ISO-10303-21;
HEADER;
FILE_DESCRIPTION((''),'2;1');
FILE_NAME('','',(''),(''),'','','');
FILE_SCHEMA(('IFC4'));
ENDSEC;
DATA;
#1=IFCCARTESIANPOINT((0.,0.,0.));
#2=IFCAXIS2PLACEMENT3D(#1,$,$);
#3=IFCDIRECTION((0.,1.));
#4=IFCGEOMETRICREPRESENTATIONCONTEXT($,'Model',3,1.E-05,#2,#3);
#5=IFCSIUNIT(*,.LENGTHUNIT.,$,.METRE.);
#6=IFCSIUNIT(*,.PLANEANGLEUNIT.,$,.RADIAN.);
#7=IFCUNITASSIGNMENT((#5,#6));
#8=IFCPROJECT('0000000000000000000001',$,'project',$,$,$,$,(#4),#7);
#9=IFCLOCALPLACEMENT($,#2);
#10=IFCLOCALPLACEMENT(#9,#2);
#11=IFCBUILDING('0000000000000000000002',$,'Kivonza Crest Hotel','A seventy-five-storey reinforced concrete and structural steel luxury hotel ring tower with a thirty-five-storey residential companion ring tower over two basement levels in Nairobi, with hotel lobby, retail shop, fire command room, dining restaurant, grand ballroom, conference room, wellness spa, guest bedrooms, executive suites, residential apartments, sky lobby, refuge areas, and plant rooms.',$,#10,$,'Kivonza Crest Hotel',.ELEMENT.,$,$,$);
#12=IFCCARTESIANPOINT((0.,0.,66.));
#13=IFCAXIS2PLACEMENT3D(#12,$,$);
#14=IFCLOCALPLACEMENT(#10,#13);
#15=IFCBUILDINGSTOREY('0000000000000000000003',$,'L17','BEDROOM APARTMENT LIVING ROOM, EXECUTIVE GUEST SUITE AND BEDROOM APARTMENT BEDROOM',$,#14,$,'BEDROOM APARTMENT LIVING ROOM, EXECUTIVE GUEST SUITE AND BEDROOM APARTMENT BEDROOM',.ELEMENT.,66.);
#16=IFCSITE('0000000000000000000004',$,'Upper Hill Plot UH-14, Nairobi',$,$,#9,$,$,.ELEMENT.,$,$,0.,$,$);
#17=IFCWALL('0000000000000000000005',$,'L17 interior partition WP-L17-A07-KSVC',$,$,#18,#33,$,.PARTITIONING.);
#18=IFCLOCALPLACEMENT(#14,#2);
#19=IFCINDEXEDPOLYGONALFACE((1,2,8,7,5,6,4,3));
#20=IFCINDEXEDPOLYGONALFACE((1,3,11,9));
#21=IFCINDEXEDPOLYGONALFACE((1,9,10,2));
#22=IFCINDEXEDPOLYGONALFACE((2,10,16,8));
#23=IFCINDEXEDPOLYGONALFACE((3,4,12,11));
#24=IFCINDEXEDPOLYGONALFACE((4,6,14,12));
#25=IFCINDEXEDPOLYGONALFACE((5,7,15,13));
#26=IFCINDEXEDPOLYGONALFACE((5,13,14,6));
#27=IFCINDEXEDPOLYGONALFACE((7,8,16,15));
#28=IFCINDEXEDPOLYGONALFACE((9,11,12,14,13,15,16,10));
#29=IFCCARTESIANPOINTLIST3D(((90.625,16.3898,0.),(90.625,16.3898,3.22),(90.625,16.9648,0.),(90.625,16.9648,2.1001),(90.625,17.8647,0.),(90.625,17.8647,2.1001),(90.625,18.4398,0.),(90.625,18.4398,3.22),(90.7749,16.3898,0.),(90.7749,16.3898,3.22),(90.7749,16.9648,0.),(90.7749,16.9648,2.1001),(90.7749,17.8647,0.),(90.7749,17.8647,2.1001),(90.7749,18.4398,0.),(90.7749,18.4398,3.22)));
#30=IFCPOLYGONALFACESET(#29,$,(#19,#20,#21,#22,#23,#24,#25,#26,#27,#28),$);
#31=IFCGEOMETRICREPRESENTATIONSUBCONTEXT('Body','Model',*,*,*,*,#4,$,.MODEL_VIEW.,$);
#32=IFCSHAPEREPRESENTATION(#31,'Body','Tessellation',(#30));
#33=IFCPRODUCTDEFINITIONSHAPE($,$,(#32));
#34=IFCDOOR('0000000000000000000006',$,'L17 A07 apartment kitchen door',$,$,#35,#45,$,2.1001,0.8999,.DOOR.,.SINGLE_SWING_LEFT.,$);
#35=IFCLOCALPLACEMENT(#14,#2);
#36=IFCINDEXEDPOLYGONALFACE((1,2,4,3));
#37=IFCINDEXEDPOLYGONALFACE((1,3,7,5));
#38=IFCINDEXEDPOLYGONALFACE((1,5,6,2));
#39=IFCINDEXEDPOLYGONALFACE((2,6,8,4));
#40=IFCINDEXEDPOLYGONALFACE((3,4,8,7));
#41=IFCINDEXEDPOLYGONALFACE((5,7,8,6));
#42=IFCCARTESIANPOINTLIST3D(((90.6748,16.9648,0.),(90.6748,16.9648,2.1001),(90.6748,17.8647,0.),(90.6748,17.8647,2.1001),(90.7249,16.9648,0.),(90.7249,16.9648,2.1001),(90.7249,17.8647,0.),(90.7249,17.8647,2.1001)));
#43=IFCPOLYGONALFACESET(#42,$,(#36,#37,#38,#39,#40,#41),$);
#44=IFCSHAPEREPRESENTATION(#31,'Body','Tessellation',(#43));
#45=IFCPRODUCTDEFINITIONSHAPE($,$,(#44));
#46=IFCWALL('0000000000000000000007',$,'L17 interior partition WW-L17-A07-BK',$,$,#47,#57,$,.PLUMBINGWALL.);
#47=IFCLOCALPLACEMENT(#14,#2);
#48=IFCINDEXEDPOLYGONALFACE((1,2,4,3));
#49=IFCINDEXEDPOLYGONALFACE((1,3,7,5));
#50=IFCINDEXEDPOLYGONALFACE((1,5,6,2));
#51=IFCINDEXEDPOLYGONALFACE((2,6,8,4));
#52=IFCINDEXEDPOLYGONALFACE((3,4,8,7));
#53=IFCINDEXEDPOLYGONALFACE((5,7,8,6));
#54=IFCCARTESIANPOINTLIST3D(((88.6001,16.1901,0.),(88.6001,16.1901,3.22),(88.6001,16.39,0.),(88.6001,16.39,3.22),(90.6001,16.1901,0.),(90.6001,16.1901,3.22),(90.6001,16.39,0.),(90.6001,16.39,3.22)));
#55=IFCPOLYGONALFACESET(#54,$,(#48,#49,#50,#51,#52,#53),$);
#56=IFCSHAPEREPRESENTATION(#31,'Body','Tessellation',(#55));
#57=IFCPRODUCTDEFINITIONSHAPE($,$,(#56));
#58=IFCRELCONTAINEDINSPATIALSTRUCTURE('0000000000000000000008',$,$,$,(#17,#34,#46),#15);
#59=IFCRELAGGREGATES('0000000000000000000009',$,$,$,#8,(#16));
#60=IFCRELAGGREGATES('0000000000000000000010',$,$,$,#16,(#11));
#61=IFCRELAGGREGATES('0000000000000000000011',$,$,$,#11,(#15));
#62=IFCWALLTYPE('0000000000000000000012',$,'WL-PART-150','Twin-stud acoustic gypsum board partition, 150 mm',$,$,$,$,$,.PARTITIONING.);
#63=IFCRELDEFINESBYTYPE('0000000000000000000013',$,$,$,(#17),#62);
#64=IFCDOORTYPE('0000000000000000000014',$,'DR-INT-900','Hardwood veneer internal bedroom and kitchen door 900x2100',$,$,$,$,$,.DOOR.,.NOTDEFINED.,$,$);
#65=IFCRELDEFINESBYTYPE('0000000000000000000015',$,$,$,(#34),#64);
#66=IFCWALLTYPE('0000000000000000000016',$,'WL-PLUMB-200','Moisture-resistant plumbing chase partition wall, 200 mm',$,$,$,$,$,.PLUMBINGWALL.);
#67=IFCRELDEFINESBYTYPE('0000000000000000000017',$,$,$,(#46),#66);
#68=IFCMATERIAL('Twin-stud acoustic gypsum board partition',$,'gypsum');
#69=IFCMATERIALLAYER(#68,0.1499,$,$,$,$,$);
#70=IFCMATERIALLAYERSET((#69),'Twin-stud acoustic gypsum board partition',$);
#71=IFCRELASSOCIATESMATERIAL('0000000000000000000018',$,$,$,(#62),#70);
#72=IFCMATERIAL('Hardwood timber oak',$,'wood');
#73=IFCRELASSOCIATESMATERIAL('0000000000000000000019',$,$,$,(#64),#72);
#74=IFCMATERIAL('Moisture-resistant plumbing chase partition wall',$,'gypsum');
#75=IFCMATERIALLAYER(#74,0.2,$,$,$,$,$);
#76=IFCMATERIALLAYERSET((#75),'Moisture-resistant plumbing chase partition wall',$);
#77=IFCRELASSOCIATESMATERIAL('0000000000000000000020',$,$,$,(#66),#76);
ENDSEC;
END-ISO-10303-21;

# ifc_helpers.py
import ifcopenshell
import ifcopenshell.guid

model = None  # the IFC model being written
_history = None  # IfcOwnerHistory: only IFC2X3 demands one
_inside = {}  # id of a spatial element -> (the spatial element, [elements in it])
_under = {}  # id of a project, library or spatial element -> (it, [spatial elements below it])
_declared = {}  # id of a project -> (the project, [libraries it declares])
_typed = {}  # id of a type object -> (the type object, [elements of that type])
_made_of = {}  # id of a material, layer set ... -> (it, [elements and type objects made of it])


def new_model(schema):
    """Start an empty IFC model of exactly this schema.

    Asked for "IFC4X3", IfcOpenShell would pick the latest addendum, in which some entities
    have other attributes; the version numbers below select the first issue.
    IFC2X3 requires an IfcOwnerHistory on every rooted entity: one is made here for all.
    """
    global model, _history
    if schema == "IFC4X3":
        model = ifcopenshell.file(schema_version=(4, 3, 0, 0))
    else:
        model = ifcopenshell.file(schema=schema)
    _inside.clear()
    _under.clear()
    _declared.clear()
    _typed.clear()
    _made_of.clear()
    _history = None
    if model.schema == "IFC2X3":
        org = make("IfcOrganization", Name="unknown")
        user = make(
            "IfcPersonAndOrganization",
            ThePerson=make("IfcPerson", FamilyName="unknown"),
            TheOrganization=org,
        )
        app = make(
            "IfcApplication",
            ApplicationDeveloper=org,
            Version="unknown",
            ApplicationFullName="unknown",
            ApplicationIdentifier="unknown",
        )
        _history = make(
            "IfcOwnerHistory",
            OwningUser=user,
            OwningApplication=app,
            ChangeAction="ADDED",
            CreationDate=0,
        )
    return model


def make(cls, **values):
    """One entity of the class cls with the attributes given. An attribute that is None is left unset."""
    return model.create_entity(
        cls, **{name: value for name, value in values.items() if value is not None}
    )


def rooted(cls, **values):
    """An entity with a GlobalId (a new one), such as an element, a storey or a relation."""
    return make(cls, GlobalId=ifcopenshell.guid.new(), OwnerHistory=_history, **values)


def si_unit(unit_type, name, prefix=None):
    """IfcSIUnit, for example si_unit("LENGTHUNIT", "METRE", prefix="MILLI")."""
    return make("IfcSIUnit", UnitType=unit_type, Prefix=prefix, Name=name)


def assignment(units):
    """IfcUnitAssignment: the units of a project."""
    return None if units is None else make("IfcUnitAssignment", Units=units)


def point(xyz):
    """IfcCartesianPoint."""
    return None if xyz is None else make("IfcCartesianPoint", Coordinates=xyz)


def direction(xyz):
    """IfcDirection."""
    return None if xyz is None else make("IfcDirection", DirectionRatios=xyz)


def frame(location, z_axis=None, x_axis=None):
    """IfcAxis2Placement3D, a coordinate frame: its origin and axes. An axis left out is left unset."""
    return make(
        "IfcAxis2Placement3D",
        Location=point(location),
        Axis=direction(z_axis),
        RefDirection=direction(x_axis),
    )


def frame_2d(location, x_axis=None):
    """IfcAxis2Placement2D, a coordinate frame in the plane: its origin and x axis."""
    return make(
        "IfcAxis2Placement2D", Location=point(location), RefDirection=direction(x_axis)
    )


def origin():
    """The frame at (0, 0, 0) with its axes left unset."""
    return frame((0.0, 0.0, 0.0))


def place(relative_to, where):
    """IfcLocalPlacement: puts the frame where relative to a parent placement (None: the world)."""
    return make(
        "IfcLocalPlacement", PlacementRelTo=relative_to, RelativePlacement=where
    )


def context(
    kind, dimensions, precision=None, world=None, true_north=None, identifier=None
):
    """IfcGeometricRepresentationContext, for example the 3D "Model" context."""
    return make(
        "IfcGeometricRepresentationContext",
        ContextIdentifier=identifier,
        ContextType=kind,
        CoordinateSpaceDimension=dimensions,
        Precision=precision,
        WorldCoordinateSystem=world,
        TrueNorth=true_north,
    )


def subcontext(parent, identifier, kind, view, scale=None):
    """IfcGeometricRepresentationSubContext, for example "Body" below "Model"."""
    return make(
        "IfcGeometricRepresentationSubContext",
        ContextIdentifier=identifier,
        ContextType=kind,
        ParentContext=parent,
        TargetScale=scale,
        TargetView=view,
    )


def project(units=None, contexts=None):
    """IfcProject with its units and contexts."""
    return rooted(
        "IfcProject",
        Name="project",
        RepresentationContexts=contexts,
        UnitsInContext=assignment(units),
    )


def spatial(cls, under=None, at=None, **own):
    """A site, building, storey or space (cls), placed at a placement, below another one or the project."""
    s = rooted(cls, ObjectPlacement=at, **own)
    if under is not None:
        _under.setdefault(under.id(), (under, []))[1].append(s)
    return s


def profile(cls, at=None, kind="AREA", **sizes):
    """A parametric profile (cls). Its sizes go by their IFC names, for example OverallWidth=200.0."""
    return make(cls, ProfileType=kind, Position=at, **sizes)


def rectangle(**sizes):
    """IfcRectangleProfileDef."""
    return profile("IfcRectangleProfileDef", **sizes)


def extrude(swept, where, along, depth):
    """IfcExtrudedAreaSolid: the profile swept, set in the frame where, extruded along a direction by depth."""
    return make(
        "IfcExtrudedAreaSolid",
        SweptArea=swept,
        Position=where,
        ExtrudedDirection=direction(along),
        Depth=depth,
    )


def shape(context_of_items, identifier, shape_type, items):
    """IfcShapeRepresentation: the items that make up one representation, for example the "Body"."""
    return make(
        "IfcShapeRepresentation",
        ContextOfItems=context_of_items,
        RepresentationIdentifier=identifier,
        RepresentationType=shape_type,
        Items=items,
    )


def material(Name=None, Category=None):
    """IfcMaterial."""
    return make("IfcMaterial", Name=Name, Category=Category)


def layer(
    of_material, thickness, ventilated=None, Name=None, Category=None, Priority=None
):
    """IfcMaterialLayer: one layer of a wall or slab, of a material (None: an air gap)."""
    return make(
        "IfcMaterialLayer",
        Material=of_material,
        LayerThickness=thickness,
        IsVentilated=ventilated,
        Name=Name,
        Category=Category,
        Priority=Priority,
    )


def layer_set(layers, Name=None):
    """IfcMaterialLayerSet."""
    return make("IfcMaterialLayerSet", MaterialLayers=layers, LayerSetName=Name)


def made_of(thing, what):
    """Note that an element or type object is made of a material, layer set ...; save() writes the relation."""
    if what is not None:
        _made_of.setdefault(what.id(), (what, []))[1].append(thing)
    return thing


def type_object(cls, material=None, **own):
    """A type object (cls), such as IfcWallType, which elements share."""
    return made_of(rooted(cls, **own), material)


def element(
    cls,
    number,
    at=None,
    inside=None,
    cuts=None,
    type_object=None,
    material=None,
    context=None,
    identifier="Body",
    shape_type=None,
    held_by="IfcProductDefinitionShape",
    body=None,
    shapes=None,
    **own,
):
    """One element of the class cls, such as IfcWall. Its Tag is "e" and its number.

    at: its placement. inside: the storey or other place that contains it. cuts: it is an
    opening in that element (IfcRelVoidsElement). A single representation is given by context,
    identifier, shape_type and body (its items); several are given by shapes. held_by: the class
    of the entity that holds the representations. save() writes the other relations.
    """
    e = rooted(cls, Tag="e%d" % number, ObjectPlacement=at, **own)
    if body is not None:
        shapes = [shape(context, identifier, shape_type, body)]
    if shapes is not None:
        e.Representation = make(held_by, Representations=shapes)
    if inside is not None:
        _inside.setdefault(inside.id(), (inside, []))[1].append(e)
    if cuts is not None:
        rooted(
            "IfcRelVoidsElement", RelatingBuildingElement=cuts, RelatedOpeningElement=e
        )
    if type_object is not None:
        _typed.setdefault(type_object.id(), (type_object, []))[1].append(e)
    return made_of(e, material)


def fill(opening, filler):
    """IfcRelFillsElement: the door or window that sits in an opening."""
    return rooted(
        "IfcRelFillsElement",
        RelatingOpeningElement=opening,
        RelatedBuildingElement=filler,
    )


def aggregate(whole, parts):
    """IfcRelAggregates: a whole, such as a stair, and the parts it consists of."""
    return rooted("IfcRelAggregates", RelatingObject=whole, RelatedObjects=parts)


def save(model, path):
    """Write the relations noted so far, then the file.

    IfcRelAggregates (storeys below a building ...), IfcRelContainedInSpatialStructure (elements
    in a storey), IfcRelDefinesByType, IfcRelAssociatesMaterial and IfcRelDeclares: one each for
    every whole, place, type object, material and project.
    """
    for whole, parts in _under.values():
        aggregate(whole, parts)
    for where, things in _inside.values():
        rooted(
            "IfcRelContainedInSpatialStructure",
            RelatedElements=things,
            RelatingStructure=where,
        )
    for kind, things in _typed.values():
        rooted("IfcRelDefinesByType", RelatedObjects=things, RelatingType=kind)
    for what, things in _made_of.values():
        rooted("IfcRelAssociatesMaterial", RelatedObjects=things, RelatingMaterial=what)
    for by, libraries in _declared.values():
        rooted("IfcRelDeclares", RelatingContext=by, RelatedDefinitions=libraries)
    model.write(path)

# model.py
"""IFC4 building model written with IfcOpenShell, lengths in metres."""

from ifc_helpers import new_model, si_unit, direction, frame, frame_2d, origin, place, context, subcontext, project, spatial, rectangle, extrude, material, layer, layer_set, type_object, element, fill, save


model = new_model("IFC4")

# Units and contexts
model_context = context("Model", 3, precision=1e-05, world=origin(), true_north=direction((0.0, 1.0)))
body_context = subcontext(model_context, "Body", "Model", "MODEL_VIEW")
ifc_project = project(units=[si_unit("LENGTHUNIT", "METRE"), si_unit("PLANEANGLEUNIT", "RADIAN")], contexts=[model_context])

# Site, building, storey
site_placement = place(None, origin())
site = spatial("IfcSite", under=ifc_project, at=site_placement, Name="Upper Hill Plot UH-14, Nairobi", CompositionType="ELEMENT", RefElevation=0.0)
building_placement = place(site_placement, origin())
building = spatial("IfcBuilding", under=site, at=building_placement, Name="Kivonza Crest Hotel", Description="A seventy-five-storey reinforced concrete and structural steel luxury hotel ring tower with a thirty-five-storey residential companion ring tower over two basement levels in Nairobi, with hotel lobby, retail shop, fire command room, dining restaurant, grand ballroom, conference room, wellness spa, guest bedrooms, executive suites, residential apartments, sky lobby, refuge areas, and plant rooms.", LongName="Kivonza Crest Hotel", CompositionType="ELEMENT")
storey_placement = place(building_placement, frame((0.0, 0.0, 66.0)))
storey = spatial("IfcBuildingStorey", under=building, at=storey_placement, Name="L17", Description="BEDROOM APARTMENT LIVING ROOM, EXECUTIVE GUEST SUITE AND BEDROOM APARTMENT BEDROOM", LongName="BEDROOM APARTMENT LIVING ROOM, EXECUTIVE GUEST SUITE AND BEDROOM APARTMENT BEDROOM", CompositionType="ELEMENT", Elevation=66.0)

# Shared definitions
ifc_material_1 = material(Name="Hardwood timber oak", Category="wood")

# Shared definitions
ifc_material_2 = material(Name="Twin-stud acoustic gypsum board partition", Category="gypsum")
ifc_layer_1 = layer(ifc_material_2, 0.1499)
ifc_layer_set_1 = layer_set([ifc_layer_1], Name="Twin-stud acoustic gypsum board partition")
wall_type_1 = type_object("IfcWallType", Name="WL-PART-150", Description="Twin-stud acoustic gypsum board partition, 150 mm", PredefinedType="PARTITIONING", material=ifc_layer_set_1)

# Wall, opening, door
wall_1_placement = place(storey_placement, frame((90.7, 16.3899, 0.0), z_axis=(0.0, 0.0, 1.0), x_axis=(0.0, 1.0, 0.0)))
wall_1 = element("IfcWall", 1, at=wall_1_placement, inside=storey, type_object=wall_type_1, Name="L17 interior partition WP-L17-A07-KSVC", PredefinedType="PARTITIONING", context=body_context, shape_type="SweptSolid", body=[
    extrude(rectangle(XDim=2.05, YDim=0.1499, at=frame_2d((1.0249, 0.0))), origin(), (0.0, 0.0, 1.0), 3.22),
])
opening_1_placement = place(wall_1_placement, frame((0.575, 0.0, 0.0)))
opening_1 = element("IfcOpeningElement", 2, at=opening_1_placement, cuts=wall_1, PredefinedType="OPENING", context=body_context, shape_type="SweptSolid", body=[
    extrude(rectangle(XDim=0.8999, YDim=2.1001, at=frame_2d((0.45, 1.05))), frame((0.0, 0.085, 0.0), z_axis=(0.0, -1.0, 0.0), x_axis=(1.0, 0.0, 0.0)), (0.0, 0.0, 1.0), 0.1699),
])
door_type_1 = type_object("IfcDoorType", Name="DR-INT-900", Description="Hardwood veneer internal bedroom and kitchen door 900x2100", OperationType="NOTDEFINED", PredefinedType="DOOR", material=ifc_material_1)
door_1_placement = place(opening_1_placement, frame((0.8999, 0.0, 0.0), z_axis=(0.0, 0.0, 1.0), x_axis=(-1.0, 0.0, 0.0)))
door_1 = element("IfcDoor", 3, at=door_1_placement, inside=storey, type_object=door_type_1, Name="L17 A07 apartment kitchen door", OperationType="SINGLE_SWING_LEFT", OverallHeight=2.1001, OverallWidth=0.8999, PredefinedType="DOOR", context=body_context, shape_type="SweptSolid", body=[
    extrude(rectangle(XDim=0.8999, YDim=2.1001, at=frame_2d((0.45, 1.05))), frame((0.0, 0.0249, 0.0), z_axis=(0.0, -1.0, 0.0), x_axis=(1.0, 0.0, 0.0)), (0.0, 0.0, 1.0), 0.05),
])
fill(opening_1, door_1)

# Wall
ifc_material_3 = material(Name="Moisture-resistant plumbing chase partition wall", Category="gypsum")
ifc_layer_2 = layer(ifc_material_3, 0.2)
ifc_layer_set_2 = layer_set([ifc_layer_2], Name="Moisture-resistant plumbing chase partition wall")
wall_type_2 = type_object("IfcWallType", Name="WL-PLUMB-200", Description="Moisture-resistant plumbing chase partition wall, 200 mm", PredefinedType="PLUMBINGWALL", material=ifc_layer_set_2)
wall_2_placement = place(storey_placement, frame((88.6001, 16.29, 0.0), z_axis=(0.0, 0.0, 1.0), x_axis=(1.0, 0.0, 0.0)))
element("IfcWall", 4, at=wall_2_placement, inside=storey, type_object=wall_type_2, Name="L17 interior partition WW-L17-A07-BK", PredefinedType="PLUMBINGWALL", context=body_context, shape_type="SweptSolid", body=[
    extrude(rectangle(XDim=2.0, YDim=0.2, at=frame_2d((1.0, 0.0))), origin(), (0.0, 0.0, 1.0), 3.22),
])

save(model, "model.ifc")
